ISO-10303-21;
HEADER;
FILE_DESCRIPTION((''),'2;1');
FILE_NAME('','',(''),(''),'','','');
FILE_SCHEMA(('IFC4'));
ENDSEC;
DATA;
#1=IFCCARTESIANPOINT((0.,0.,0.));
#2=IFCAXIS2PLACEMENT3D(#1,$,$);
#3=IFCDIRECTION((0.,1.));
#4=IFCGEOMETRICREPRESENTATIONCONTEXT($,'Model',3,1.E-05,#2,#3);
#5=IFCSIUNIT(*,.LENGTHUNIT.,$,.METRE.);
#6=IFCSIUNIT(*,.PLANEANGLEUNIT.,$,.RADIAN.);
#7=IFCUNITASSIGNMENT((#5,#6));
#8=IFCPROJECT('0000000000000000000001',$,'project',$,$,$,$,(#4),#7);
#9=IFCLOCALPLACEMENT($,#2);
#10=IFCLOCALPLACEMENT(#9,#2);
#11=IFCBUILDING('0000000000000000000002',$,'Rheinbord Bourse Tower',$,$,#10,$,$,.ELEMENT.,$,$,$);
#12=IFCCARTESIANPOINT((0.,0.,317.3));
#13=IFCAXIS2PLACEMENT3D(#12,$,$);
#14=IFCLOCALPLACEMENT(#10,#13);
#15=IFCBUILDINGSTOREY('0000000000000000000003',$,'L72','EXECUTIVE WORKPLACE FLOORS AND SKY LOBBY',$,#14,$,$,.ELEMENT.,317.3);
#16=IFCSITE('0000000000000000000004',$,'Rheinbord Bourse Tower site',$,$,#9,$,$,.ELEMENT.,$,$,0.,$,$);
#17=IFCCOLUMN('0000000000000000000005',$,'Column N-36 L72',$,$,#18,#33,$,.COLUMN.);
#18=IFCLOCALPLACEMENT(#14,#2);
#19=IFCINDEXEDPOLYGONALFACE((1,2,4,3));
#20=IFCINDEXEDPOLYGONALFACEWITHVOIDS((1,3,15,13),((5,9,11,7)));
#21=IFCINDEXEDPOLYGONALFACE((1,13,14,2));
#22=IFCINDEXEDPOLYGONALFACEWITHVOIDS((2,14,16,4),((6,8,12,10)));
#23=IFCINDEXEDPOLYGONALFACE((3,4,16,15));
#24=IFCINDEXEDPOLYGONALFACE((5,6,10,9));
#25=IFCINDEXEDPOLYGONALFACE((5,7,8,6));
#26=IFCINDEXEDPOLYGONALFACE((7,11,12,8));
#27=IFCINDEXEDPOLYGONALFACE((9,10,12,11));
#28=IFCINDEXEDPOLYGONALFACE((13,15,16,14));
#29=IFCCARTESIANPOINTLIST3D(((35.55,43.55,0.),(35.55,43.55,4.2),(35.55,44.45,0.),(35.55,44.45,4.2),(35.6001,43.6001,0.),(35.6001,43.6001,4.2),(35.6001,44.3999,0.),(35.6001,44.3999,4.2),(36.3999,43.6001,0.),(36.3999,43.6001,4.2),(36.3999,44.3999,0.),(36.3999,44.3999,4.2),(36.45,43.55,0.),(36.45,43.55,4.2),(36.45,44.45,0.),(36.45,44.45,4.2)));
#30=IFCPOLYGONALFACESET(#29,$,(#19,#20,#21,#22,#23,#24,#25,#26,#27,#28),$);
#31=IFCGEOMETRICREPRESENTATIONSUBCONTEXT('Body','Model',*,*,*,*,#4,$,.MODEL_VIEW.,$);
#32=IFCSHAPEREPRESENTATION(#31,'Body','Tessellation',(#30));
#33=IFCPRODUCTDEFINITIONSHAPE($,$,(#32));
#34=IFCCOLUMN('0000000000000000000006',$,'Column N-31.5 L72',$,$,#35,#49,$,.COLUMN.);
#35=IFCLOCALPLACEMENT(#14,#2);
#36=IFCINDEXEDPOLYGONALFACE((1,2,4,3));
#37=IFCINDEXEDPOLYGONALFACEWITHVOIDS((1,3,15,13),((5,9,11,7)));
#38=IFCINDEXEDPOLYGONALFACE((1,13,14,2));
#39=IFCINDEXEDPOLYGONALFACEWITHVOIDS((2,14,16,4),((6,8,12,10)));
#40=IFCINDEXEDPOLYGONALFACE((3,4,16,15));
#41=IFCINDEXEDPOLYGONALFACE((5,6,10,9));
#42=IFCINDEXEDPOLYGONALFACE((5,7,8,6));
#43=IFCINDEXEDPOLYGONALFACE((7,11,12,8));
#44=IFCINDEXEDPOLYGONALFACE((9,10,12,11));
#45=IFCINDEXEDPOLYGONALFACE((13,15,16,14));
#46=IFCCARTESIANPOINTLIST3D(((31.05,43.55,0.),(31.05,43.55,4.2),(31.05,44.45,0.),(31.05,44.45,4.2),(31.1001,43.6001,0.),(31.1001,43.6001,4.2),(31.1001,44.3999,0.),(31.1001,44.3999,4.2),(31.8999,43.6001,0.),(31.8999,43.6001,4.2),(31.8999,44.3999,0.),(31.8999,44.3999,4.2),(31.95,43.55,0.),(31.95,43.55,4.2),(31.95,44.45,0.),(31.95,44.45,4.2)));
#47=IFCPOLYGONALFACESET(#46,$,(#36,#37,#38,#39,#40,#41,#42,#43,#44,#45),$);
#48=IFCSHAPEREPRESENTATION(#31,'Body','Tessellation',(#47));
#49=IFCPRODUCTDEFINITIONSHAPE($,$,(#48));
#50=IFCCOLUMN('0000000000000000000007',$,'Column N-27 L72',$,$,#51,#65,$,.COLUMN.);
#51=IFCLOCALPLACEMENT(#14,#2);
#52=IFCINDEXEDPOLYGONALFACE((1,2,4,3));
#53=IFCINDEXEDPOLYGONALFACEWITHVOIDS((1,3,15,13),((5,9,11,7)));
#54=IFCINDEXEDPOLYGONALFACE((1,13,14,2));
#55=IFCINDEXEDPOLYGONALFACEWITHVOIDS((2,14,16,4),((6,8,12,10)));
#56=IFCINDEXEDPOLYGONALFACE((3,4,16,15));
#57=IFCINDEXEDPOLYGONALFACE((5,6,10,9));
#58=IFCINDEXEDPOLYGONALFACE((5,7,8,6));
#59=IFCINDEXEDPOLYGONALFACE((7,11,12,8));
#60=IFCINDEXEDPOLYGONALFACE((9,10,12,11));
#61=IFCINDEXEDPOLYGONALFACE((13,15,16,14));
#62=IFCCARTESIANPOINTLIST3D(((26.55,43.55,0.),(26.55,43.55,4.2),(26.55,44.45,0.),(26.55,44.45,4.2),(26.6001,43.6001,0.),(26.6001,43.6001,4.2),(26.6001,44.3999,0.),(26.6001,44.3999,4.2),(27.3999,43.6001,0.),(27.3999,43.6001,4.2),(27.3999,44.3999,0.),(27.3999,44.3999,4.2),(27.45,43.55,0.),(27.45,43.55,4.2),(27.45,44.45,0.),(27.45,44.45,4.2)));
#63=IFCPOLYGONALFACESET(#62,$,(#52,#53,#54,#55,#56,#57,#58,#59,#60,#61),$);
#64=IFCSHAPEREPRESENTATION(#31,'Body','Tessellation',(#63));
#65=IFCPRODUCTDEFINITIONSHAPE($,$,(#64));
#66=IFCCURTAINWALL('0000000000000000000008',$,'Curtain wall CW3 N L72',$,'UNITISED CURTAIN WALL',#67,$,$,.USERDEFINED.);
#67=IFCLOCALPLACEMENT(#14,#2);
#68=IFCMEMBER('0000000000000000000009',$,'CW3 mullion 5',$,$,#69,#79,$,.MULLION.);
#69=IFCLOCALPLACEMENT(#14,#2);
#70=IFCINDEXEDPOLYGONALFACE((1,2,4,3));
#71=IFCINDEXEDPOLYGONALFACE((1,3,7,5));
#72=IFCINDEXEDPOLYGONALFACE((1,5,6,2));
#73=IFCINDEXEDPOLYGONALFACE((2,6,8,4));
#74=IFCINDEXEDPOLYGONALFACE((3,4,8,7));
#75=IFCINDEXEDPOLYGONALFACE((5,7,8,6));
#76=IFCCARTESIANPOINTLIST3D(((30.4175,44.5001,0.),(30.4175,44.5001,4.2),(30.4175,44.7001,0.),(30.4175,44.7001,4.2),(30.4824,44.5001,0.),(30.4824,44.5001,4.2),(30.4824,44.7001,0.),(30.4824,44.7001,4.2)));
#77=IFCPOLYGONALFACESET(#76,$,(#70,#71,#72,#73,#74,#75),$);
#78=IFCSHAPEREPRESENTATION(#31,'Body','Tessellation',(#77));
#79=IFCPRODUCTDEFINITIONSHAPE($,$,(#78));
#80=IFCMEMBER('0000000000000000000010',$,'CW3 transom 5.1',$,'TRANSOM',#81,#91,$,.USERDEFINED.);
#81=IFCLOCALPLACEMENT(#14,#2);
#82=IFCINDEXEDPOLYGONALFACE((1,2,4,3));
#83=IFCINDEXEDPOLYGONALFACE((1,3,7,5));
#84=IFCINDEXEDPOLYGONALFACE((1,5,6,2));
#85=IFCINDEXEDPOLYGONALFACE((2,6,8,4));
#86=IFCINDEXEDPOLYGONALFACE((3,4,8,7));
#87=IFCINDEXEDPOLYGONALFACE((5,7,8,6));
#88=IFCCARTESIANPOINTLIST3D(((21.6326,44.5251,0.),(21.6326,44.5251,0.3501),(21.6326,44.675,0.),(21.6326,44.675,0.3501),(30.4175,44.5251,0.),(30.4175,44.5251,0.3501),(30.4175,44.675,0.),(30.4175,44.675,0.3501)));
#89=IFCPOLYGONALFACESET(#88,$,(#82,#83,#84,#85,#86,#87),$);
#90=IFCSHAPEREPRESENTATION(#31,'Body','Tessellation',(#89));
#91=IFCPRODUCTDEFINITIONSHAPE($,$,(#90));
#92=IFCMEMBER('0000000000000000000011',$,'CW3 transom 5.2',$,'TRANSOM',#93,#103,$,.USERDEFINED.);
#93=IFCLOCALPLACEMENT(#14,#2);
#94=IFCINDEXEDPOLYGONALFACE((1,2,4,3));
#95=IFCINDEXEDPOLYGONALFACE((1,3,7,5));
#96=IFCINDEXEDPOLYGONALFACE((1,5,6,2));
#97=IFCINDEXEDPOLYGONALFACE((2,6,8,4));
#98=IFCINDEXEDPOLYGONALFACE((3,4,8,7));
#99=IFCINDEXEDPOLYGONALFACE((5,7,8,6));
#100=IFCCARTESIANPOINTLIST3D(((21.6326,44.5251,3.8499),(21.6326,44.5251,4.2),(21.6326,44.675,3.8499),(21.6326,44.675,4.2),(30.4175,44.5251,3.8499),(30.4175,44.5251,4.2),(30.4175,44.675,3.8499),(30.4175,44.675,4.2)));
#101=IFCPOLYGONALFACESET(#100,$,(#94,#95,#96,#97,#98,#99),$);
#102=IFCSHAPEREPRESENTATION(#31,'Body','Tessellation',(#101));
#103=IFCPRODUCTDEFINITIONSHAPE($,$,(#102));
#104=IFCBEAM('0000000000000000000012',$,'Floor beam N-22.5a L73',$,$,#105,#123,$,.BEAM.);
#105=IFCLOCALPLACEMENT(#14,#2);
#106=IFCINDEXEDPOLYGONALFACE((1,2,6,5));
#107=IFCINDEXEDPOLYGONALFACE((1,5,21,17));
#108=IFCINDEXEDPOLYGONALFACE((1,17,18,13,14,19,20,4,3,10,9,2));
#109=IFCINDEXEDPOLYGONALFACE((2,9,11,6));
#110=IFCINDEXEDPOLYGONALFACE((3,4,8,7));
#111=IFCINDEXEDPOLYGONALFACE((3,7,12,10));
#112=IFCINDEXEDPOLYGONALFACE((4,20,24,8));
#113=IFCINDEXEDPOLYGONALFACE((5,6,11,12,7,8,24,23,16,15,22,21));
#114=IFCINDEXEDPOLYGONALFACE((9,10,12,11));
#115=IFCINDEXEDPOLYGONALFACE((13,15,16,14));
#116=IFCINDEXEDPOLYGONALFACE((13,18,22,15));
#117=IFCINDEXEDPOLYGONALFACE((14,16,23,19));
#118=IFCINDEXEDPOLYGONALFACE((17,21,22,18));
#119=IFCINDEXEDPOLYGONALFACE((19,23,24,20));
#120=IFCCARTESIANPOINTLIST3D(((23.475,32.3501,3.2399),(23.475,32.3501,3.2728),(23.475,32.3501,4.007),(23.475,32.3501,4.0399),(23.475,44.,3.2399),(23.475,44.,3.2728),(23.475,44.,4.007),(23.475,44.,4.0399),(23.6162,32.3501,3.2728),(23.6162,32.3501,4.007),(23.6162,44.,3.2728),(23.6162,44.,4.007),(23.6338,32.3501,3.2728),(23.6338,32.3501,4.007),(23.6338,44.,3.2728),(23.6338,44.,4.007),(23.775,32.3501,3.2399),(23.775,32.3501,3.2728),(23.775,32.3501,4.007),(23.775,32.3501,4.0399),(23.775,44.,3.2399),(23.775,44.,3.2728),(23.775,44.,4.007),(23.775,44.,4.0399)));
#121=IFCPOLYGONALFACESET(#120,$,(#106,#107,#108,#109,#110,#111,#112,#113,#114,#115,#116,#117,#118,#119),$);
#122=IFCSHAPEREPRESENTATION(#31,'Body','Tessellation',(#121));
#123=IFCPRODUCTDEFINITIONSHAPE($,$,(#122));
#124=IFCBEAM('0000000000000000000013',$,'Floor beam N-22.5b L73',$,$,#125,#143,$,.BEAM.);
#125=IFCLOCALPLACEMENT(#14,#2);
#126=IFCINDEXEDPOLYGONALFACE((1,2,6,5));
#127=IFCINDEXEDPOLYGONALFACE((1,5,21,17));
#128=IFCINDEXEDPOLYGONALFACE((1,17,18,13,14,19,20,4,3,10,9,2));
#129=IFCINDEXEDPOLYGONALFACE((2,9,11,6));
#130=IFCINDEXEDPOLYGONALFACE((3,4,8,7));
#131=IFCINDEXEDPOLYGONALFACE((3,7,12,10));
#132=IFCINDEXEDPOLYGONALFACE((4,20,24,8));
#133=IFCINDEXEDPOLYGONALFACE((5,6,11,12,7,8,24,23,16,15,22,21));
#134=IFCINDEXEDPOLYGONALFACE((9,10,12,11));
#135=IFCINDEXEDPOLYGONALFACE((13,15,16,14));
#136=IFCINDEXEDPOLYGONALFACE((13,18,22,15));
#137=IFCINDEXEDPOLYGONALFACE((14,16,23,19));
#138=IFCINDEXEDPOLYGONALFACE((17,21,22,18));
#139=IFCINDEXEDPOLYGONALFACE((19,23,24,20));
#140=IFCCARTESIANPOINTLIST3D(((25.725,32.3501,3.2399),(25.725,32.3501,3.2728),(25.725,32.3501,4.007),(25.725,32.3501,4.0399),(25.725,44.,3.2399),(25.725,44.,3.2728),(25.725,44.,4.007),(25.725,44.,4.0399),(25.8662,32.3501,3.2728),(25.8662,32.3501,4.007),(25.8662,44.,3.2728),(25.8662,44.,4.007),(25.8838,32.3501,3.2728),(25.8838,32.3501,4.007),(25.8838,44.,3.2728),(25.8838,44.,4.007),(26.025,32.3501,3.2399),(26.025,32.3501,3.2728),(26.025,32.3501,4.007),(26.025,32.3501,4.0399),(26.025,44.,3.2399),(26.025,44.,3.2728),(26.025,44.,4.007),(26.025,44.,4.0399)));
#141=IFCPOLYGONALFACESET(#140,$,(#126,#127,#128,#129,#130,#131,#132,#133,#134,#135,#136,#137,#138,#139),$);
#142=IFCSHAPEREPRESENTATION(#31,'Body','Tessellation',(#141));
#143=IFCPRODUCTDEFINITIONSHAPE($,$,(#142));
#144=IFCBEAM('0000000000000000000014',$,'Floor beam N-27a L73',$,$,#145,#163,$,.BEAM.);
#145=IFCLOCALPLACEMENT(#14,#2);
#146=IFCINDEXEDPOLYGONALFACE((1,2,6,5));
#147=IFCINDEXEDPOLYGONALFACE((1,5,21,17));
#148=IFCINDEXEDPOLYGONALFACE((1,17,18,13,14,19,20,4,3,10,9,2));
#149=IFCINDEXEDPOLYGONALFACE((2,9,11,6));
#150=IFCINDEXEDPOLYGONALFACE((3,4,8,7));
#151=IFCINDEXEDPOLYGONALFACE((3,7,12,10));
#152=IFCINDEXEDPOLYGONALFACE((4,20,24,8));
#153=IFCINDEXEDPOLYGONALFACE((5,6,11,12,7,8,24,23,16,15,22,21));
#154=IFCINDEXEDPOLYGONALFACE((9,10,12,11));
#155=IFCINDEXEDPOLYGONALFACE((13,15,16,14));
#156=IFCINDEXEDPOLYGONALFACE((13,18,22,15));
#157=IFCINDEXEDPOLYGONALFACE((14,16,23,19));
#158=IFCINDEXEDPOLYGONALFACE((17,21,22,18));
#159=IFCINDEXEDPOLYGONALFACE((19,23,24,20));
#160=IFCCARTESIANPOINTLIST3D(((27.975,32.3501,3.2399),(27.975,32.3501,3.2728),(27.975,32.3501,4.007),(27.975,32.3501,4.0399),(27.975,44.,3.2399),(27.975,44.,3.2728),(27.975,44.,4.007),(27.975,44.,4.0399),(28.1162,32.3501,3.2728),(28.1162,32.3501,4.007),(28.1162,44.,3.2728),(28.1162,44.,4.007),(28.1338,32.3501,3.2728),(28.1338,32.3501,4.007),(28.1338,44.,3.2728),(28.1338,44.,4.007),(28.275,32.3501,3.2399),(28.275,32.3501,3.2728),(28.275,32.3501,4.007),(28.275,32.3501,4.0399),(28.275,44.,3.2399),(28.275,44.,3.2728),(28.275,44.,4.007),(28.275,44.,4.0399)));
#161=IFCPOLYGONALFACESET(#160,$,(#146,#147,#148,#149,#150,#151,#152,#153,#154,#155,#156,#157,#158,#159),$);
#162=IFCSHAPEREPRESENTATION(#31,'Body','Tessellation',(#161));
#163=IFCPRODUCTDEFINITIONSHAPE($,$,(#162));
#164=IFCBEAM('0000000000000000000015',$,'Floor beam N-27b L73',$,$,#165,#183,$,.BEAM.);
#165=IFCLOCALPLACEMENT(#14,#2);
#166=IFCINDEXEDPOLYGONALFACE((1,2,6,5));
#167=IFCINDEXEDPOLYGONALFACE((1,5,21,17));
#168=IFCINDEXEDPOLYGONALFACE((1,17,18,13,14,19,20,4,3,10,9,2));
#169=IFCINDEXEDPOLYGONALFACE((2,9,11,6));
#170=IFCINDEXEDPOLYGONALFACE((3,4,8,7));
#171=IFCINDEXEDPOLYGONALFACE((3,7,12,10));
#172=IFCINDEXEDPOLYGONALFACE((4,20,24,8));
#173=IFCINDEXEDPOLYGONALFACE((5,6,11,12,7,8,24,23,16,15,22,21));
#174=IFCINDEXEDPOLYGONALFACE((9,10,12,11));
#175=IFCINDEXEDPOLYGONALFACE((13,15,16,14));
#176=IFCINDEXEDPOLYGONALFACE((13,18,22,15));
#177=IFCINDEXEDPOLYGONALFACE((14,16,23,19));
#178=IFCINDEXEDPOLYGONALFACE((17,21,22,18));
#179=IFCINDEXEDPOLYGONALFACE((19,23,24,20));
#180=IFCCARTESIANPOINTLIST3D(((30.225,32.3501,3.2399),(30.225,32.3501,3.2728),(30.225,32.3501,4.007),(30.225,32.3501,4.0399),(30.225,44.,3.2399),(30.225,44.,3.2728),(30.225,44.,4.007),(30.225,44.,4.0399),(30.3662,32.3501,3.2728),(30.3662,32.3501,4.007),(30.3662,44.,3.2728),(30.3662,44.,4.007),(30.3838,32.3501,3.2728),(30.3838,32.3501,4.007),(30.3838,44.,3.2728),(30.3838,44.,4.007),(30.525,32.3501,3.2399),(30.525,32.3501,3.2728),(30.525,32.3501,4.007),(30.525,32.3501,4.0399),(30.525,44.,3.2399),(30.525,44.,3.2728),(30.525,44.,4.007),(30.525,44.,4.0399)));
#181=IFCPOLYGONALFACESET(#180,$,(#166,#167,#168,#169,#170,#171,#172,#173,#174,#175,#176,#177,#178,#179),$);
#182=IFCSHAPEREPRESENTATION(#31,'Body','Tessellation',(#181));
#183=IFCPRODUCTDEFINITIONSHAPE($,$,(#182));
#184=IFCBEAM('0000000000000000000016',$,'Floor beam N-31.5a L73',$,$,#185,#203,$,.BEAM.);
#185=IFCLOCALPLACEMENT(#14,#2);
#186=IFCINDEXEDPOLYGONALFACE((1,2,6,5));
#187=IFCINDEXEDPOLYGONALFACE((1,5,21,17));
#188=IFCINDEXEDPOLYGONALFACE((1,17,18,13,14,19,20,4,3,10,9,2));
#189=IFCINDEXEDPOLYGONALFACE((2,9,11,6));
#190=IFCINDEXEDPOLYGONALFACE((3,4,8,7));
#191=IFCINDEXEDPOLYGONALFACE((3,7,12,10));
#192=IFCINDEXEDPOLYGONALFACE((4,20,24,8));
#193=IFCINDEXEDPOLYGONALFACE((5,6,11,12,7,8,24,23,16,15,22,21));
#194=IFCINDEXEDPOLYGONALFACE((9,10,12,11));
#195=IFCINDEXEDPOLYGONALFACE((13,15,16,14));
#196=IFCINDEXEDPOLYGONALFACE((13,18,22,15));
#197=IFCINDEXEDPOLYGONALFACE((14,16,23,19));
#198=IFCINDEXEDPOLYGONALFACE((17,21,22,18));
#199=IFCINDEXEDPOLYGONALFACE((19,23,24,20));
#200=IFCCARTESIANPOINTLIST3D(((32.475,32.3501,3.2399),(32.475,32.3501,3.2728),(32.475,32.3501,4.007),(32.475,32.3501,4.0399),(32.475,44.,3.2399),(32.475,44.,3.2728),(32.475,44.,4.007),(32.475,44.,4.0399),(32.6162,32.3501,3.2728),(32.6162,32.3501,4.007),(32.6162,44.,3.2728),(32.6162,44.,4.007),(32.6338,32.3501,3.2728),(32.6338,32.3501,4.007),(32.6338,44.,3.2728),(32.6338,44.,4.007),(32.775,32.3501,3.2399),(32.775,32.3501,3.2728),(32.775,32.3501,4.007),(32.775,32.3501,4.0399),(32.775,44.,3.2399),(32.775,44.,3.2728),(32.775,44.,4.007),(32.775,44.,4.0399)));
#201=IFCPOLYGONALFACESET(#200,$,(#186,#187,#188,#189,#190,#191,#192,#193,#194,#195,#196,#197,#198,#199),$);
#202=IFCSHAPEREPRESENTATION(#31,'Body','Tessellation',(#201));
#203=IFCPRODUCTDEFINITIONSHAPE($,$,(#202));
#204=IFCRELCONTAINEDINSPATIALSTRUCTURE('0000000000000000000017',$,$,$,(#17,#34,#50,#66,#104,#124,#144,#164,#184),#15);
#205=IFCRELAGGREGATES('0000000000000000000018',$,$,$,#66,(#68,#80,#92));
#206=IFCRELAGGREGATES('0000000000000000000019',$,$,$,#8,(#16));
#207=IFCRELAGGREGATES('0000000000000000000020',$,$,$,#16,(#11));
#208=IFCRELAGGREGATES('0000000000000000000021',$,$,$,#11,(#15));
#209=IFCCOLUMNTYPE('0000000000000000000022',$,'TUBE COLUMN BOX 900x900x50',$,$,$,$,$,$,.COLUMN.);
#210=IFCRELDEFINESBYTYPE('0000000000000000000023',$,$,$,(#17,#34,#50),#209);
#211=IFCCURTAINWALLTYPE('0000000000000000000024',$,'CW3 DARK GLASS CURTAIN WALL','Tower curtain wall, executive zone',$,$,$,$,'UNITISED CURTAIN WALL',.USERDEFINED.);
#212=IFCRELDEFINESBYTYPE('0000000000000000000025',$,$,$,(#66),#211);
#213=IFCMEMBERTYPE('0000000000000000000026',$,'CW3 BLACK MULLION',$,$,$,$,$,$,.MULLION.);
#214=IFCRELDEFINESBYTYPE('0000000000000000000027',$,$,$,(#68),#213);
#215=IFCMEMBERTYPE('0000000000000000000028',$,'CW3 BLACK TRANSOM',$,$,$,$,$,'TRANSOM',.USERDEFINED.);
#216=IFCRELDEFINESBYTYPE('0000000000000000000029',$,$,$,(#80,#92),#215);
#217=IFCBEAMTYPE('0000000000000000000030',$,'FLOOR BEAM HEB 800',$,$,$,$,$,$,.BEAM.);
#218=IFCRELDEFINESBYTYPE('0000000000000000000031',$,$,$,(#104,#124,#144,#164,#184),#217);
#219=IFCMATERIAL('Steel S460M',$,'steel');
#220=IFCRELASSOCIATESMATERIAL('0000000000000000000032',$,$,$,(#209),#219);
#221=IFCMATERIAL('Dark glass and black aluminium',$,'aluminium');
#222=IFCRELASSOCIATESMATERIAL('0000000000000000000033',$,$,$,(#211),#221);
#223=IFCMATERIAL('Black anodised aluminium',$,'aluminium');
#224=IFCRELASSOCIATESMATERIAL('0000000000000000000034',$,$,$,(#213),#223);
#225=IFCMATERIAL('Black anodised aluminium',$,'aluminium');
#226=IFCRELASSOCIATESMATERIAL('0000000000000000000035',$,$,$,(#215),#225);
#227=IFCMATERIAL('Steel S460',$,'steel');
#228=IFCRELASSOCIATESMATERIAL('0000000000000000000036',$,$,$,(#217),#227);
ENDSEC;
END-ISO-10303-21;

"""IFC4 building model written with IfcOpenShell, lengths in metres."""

from ifc_helpers import new_model, si_unit, direction, frame, origin, origin_2d, place, context, subcontext, project, spatial, rectangle, hollow_rectangle, i_section, extrude, material, material_profile, profile_set, type_object, element, aggregate, save


model = new_model("IFC4")

# Units and contexts
model_context = context("Model", 3, precision=1e-05, world=origin(), true_north=direction((0.0, 1.0)))
body_context = subcontext(model_context, "Body", "Model", "MODEL_VIEW")
ifc_project = project(units=[si_unit("LENGTHUNIT", "METRE"), si_unit("PLANEANGLEUNIT", "RADIAN")], contexts=[model_context])

# Site, building, storey
site_placement = place(None, origin())
site = spatial("IfcSite", under=ifc_project, at=site_placement, Name="Rheinbord Bourse Tower site", CompositionType="ELEMENT", RefElevation=0.0)
building_placement = place(site_placement, origin())
building = spatial("IfcBuilding", under=site, at=building_placement, Name="Rheinbord Bourse Tower", CompositionType="ELEMENT")
storey_placement = place(building_placement, frame((0.0, 0.0, 317.3)))
storey = spatial("IfcBuildingStorey", under=building, at=storey_placement, Name="L72", Description="EXECUTIVE WORKPLACE FLOORS AND SKY LOBBY", CompositionType="ELEMENT", Elevation=317.3)

# Columns
ifc_material_1 = material(Name="Steel S460M", Category="steel")
ifc_material_profile_1 = material_profile(ifc_material_1, hollow_rectangle(XDim=0.8999, YDim=0.8999, WallThickness=0.05, at=origin_2d()), Name="BOX 900x900x50")
ifc_profile_set_1 = profile_set([ifc_material_profile_1], Name="Steel S460M")
column_type = type_object("IfcColumnType", Name="TUBE COLUMN BOX 900x900x50", PredefinedType="COLUMN", material=ifc_profile_set_1)
for number, where, z_axis, x_axis, name in (
    (1, (36.0, 44.0, 0.0), (0.0, 0.0, 1.0), (0.0, 1.0, 0.0), "Column N-36 L72"),
    (2, (31.5, 44.0, 0.0), (0.0, 0.0, 1.0), (0.0, 1.0, 0.0), "Column N-31.5 L72"),
    (3, (27.0, 44.0, 0.0), (0.0, 0.0, 1.0), (0.0, 1.0, 0.0), "Column N-27 L72"),
):
    element("IfcColumn", number, at=place(storey_placement, frame(where, z_axis=z_axis, x_axis=x_axis)), inside=storey, type_object=column_type, Name=name, PredefinedType="COLUMN", context=body_context, shape_type="SweptSolid", body=[
        extrude(hollow_rectangle(XDim=0.8999, YDim=0.8999, WallThickness=0.05, at=origin_2d()), origin(), (0.0, 0.0, 1.0), 4.2),
    ])

# Curtain wall, members
ifc_material_2 = material(Name="Dark glass and black aluminium", Category="aluminium")
curtain_wall_type = type_object("IfcCurtainWallType", Name="CW3 DARK GLASS CURTAIN WALL", Description="Tower curtain wall, executive zone", ElementType="UNITISED CURTAIN WALL", PredefinedType="USERDEFINED", material=ifc_material_2)
curtain_wall_placement = place(storey_placement, origin())
curtain_wall = element("IfcCurtainWall", 4, at=curtain_wall_placement, inside=storey, type_object=curtain_wall_type, Name="Curtain wall CW3 N L72", ObjectType="UNITISED CURTAIN WALL", PredefinedType="USERDEFINED")
ifc_material_3 = material(Name="Black anodised aluminium", Category="aluminium")
ifc_material_profile_2 = material_profile(ifc_material_3, rectangle(XDim=0.2, YDim=0.0649, at=origin_2d()), Name="CW3 MULLION 65x200")
ifc_profile_set_2 = profile_set([ifc_material_profile_2], Name="Black anodised aluminium")
member_type_1 = type_object("IfcMemberType", Name="CW3 BLACK MULLION", PredefinedType="MULLION", material=ifc_profile_set_2)
member_1_placement = place(storey_placement, frame((30.45, 44.6001, 0.0), z_axis=(0.0, 0.0, 1.0), x_axis=(0.0, -1.0, 0.0)))
member_1 = element("IfcMember", 5, at=member_1_placement, type_object=member_type_1, Name="CW3 mullion 5", PredefinedType="MULLION", context=body_context, shape_type="SweptSolid", body=[
    extrude(rectangle(XDim=0.2, YDim=0.0649, at=origin_2d()), origin(), (0.0, 0.0, 1.0), 4.2),
])
ifc_material_4 = material(Name="Black anodised aluminium", Category="aluminium")
ifc_material_profile_3 = material_profile(ifc_material_4, rectangle(XDim=0.1499, YDim=0.3501, at=origin_2d()), Name="CW3 TRANSOM 350x150")
ifc_profile_set_3 = profile_set([ifc_material_profile_3], Name="Black anodised aluminium")
member_type_2 = type_object("IfcMemberType", Name="CW3 BLACK TRANSOM", ElementType="TRANSOM", PredefinedType="USERDEFINED", material=ifc_profile_set_3)
member_2_placement = place(storey_placement, frame((30.4175, 44.6001, 0.175), z_axis=(-1.0, 0.0, 0.0), x_axis=(0.0, -1.0, 0.0)))
member_2 = element("IfcMember", 6, at=member_2_placement, type_object=member_type_2, Name="CW3 transom 5.1", ObjectType="TRANSOM", PredefinedType="USERDEFINED", context=body_context, shape_type="SweptSolid", body=[
    extrude(rectangle(XDim=0.1499, YDim=0.3501, at=origin_2d()), origin(), (0.0, 0.0, 1.0), 8.7849),
])
member_3_placement = place(storey_placement, frame((30.4175, 44.6001, 4.0249), z_axis=(-1.0, 0.0, 0.0), x_axis=(0.0, -1.0, 0.0)))
member_3 = element("IfcMember", 7, at=member_3_placement, type_object=member_type_2, Name="CW3 transom 5.2", ObjectType="TRANSOM", PredefinedType="USERDEFINED", context=body_context, shape_type="SweptSolid", body=[
    extrude(rectangle(XDim=0.1499, YDim=0.3501, at=origin_2d()), origin(), (0.0, 0.0, 1.0), 8.7849),
])

# Beams
ifc_material_5 = material(Name="Steel S460", Category="steel")
ifc_material_profile_4 = material_profile(ifc_material_5, i_section(OverallWidth=0.3, OverallDepth=0.8, WebThickness=0.0176, FlangeThickness=0.033, at=origin_2d()), Name="HEB 800")
ifc_profile_set_4 = profile_set([ifc_material_profile_4], Name="Steel S460")
beam_type_1 = type_object("IfcBeamType", Name="FLOOR BEAM HEB 800", PredefinedType="BEAM", material=ifc_profile_set_4)
for number, where, z_axis, x_axis, name in (
    (8, (23.625, 44.0, 3.6399), (0.0, -1.0, 0.0), (1.0, 0.0, 0.0), "Floor beam N-22.5a L73"),
    (9, (25.875, 44.0, 3.6399), (0.0, -1.0, 0.0), (1.0, 0.0, 0.0), "Floor beam N-22.5b L73"),
    (10, (28.125, 44.0, 3.6399), (0.0, -1.0, 0.0), (1.0, 0.0, 0.0), "Floor beam N-27a L73"),
    (11, (30.375, 44.0, 3.6399), (0.0, -1.0, 0.0), (1.0, 0.0, 0.0), "Floor beam N-27b L73"),
    (12, (32.625, 44.0, 3.6399), (0.0, -1.0, 0.0), (1.0, 0.0, 0.0), "Floor beam N-31.5a L73"),
):
    element("IfcBeam", number, at=place(storey_placement, frame(where, z_axis=z_axis, x_axis=x_axis)), inside=storey, type_object=beam_type_1, Name=name, PredefinedType="BEAM", context=body_context, shape_type="SweptSolid", body=[
        extrude(i_section(OverallWidth=0.3, OverallDepth=0.8, WebThickness=0.0176, FlangeThickness=0.033, at=origin_2d()), origin(), (0.0, 0.0, 1.0), 11.6499),
    ])

aggregate(curtain_wall, [member_1, member_2, member_3])

save(model, "model.ifc")
